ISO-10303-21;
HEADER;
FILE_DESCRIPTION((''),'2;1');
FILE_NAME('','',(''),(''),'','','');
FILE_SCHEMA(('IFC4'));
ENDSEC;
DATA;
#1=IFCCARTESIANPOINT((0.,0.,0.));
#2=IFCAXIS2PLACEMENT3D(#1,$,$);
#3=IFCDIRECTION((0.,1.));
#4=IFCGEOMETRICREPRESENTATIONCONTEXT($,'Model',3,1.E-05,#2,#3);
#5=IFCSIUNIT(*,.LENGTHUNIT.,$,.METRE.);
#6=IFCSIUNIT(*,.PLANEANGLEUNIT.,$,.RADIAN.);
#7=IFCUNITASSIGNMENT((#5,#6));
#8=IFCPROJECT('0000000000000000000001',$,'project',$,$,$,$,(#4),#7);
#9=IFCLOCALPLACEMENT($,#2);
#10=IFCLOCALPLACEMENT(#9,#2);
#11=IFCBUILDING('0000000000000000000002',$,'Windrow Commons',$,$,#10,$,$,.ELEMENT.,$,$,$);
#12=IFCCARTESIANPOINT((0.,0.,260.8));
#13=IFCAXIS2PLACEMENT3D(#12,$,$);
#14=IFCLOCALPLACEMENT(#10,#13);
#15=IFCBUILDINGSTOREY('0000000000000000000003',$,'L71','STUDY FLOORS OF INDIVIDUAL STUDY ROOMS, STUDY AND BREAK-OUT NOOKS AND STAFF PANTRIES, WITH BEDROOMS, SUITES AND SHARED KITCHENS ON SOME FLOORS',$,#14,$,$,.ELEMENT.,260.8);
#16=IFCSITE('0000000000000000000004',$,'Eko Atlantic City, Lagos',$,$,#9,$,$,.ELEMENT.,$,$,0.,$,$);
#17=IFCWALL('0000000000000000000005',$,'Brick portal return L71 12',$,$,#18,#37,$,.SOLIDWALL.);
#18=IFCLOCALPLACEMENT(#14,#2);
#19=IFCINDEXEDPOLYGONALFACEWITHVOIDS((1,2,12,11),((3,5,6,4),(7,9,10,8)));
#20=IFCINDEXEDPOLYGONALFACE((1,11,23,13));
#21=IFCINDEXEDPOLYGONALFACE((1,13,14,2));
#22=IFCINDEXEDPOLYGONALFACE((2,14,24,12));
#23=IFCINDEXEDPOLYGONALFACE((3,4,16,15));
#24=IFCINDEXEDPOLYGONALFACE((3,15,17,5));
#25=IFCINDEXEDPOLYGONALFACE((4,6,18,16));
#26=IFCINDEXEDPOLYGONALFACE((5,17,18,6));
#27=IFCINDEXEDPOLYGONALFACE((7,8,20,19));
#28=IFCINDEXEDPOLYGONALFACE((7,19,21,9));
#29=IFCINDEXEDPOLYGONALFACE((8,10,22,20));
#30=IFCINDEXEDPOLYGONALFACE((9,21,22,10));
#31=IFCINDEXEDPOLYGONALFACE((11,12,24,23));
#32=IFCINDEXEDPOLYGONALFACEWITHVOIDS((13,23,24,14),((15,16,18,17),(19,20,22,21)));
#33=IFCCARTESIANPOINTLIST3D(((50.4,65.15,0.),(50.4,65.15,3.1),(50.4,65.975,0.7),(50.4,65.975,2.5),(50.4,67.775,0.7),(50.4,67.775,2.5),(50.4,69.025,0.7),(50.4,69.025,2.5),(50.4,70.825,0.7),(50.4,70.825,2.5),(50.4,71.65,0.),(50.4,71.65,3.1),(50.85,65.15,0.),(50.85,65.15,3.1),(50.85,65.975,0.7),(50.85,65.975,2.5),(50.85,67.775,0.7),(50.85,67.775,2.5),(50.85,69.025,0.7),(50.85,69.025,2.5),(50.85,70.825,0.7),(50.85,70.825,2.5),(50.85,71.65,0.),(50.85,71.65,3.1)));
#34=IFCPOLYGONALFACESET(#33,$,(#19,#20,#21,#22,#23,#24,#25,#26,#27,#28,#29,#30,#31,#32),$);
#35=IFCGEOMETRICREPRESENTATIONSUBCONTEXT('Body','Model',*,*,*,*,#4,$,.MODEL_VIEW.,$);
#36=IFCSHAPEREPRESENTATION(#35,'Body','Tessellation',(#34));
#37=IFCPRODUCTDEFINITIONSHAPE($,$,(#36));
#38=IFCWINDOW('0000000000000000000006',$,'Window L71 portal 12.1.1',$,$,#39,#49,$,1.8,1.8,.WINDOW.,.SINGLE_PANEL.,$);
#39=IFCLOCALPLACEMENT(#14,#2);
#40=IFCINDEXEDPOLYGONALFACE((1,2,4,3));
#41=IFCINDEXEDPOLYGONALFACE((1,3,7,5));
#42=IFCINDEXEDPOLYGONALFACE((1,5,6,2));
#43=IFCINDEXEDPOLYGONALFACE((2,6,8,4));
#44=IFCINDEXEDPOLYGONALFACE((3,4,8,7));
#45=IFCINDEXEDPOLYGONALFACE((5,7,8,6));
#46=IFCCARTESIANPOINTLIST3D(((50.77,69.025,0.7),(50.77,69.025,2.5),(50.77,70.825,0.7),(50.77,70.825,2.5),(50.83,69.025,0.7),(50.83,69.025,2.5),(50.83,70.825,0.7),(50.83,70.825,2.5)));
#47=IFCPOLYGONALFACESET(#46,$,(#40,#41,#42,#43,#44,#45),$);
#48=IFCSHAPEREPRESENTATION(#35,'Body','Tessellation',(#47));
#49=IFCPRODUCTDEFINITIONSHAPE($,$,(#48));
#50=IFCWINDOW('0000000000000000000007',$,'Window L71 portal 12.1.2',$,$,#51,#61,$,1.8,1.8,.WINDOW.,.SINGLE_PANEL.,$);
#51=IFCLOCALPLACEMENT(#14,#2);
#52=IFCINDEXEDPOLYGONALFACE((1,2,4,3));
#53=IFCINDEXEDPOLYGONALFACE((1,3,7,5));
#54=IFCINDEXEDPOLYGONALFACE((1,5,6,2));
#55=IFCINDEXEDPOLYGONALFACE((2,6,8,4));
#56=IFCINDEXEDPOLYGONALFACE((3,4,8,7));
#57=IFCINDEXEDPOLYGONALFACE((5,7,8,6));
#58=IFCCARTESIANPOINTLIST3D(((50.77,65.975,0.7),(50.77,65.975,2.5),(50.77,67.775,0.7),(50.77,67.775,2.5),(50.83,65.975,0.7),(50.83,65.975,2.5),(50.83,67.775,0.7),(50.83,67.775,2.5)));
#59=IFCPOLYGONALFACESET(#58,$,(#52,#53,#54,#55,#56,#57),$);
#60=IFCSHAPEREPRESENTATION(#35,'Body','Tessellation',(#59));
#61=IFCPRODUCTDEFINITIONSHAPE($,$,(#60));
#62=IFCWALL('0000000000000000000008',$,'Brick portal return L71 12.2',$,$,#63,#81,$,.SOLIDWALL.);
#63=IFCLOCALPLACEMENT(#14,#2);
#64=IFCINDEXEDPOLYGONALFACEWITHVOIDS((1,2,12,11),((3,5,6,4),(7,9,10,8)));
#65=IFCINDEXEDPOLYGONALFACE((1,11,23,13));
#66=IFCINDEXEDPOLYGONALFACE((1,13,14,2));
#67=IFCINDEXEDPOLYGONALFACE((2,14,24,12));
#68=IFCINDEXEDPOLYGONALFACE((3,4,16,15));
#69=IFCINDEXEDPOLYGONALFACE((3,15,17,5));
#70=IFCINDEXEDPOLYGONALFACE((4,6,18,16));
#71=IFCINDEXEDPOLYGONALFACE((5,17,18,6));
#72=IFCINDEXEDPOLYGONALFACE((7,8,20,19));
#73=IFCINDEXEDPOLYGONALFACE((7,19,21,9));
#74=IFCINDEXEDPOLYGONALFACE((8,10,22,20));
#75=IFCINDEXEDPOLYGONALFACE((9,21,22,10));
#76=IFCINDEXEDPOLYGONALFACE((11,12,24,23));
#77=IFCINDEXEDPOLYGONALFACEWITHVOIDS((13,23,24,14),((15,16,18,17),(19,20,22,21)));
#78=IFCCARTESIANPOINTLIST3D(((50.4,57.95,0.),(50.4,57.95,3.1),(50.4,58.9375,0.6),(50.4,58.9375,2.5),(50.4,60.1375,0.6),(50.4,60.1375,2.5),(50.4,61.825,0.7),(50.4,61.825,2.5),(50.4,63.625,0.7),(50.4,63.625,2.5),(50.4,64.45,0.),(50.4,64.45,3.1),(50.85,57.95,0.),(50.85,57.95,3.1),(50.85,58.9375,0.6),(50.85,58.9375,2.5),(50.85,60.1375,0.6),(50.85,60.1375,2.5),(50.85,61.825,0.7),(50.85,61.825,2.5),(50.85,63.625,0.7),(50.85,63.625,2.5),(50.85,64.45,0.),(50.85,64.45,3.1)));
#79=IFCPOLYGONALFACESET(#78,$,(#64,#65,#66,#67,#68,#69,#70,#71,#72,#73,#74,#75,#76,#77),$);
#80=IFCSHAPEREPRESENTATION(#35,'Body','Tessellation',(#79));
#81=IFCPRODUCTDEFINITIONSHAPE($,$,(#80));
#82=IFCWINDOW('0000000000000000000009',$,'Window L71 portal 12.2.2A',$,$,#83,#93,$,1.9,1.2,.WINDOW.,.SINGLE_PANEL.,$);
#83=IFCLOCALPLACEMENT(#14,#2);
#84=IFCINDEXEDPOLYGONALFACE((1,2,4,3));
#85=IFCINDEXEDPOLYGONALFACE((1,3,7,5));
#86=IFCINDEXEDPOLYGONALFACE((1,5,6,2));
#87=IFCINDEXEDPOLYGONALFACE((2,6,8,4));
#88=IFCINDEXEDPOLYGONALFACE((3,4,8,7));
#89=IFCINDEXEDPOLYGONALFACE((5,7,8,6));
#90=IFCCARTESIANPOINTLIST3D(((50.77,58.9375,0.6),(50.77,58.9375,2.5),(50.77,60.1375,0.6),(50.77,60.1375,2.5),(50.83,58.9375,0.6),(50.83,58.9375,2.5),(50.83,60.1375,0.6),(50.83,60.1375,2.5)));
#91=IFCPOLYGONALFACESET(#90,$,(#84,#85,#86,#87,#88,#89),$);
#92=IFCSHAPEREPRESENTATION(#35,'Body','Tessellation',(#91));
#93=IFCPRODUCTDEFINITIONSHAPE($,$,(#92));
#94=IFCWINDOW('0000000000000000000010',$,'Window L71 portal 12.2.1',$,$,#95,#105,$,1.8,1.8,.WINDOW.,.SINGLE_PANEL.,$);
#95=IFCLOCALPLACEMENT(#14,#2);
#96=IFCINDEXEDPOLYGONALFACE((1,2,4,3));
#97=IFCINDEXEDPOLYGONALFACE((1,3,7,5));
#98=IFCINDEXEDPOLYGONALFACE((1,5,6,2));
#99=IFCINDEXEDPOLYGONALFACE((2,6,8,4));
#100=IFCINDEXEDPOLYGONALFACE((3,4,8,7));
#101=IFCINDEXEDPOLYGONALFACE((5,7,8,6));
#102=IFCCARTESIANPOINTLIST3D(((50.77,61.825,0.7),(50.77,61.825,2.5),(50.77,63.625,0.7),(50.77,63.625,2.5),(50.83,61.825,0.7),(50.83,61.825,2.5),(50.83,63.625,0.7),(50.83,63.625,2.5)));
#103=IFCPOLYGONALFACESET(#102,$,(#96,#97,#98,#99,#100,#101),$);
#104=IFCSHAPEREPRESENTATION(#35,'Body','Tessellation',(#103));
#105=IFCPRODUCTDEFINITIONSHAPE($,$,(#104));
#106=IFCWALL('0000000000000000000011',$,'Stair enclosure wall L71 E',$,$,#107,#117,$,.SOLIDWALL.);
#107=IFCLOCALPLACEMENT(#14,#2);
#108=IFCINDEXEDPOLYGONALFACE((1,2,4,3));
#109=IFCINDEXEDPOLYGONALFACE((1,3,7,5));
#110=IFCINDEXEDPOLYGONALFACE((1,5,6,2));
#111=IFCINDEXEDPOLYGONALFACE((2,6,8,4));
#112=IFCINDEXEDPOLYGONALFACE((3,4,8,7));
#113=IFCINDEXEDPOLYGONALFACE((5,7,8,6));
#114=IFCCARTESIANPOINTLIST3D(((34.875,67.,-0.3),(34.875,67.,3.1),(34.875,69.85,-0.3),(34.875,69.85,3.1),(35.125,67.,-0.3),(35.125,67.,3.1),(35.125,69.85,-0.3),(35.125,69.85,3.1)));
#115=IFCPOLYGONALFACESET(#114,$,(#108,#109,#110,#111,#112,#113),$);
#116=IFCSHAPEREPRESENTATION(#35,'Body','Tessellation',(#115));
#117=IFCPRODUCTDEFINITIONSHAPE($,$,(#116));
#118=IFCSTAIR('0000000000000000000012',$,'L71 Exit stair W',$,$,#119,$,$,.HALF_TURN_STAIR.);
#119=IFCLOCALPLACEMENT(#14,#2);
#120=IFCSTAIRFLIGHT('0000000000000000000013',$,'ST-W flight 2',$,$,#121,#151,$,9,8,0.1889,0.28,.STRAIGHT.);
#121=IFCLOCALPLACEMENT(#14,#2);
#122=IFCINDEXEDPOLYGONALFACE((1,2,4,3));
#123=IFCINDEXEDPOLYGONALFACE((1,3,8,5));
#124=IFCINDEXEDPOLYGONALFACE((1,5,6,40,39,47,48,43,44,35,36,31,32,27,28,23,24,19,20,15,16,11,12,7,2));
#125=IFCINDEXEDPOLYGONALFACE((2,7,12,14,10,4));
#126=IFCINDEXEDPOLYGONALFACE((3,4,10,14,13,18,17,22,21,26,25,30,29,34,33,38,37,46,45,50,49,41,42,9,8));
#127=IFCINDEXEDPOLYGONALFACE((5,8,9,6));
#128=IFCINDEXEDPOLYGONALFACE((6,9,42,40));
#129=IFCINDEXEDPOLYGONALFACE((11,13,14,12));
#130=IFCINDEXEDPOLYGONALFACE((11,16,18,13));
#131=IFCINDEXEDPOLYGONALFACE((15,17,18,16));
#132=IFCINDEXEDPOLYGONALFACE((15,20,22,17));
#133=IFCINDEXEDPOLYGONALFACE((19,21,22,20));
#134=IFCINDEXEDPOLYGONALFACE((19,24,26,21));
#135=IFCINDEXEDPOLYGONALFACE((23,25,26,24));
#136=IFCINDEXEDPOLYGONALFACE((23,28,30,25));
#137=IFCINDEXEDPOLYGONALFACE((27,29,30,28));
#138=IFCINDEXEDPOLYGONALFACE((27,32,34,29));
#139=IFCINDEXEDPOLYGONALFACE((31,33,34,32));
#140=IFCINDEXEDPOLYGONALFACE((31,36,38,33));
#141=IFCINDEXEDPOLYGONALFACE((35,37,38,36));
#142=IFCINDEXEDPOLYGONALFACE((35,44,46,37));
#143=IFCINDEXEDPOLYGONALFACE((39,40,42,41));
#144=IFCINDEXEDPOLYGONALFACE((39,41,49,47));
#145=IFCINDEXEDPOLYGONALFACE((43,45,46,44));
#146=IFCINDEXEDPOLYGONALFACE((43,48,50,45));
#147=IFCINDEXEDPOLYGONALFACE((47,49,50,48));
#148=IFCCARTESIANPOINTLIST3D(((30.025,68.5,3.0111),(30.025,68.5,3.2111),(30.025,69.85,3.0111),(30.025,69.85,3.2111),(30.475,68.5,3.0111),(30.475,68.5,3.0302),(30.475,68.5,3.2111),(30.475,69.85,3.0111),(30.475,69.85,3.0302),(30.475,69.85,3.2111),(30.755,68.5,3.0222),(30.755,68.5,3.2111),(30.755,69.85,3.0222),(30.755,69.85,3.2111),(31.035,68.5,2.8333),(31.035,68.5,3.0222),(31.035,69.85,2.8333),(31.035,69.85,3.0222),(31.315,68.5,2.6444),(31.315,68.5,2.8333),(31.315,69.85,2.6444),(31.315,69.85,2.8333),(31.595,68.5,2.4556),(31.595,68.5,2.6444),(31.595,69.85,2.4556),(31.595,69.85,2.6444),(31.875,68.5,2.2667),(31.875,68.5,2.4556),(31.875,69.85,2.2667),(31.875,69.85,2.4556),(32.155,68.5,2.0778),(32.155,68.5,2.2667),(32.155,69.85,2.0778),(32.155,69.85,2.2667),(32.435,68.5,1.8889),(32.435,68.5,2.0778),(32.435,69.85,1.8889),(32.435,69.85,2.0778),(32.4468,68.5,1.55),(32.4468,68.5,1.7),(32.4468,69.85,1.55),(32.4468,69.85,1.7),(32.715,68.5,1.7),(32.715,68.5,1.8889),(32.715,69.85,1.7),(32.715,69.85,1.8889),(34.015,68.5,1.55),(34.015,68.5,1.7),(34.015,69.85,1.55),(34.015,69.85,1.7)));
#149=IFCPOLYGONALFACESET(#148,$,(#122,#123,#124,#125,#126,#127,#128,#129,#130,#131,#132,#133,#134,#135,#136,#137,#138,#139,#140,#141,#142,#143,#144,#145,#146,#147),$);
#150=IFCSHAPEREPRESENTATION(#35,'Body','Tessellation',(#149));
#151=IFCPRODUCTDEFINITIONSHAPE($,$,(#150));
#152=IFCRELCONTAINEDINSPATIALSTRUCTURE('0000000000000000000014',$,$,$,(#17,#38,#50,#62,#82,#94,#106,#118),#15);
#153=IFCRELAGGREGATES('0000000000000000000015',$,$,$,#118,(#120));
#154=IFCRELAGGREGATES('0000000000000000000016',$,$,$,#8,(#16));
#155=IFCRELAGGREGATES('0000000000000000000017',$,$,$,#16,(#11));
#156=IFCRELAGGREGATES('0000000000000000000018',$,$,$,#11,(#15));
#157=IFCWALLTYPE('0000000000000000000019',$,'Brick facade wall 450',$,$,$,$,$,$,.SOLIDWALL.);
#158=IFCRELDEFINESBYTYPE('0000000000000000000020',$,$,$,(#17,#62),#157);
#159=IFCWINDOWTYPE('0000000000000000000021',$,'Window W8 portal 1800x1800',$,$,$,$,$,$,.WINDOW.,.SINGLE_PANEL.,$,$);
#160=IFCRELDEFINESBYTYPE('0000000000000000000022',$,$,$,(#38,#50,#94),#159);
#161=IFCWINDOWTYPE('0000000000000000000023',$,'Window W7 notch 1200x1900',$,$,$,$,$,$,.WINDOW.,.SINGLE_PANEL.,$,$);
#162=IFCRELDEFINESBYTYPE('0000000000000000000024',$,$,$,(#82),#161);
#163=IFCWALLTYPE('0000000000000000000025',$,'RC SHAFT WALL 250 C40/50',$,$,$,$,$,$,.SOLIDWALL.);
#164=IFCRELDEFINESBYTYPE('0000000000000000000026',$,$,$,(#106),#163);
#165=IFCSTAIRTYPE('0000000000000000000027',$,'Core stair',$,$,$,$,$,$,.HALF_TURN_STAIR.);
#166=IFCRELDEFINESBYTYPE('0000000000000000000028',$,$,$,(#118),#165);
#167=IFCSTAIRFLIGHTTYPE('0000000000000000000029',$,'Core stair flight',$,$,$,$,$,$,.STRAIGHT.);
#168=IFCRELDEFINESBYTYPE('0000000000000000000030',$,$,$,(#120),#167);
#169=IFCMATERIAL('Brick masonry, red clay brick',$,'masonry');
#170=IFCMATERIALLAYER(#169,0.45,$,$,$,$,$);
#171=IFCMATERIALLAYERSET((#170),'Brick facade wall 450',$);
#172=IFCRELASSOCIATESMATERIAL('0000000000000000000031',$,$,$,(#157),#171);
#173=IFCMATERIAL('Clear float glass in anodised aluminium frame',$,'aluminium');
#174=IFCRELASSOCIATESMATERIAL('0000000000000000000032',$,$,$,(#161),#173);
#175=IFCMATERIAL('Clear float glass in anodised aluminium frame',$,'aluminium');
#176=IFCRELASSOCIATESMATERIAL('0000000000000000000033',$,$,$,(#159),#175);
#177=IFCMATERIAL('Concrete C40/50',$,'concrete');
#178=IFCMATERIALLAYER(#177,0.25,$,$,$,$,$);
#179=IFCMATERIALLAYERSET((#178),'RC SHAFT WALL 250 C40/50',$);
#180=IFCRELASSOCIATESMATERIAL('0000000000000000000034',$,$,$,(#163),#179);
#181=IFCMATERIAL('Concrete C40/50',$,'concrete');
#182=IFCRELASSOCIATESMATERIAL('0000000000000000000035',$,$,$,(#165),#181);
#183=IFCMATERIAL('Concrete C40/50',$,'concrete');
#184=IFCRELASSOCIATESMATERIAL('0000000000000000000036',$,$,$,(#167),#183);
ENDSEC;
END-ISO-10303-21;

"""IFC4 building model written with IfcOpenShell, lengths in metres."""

from ifc_helpers import new_model, si_unit, direction, frame, frame_2d, origin, place, context, subcontext, project, spatial, polyline, rectangle, outline, extrude, material, layer, layer_set, type_object, element, fill, aggregate, save


model = new_model("IFC4")

# Units and contexts
model_context = context("Model", 3, precision=1e-05, world=origin(), true_north=direction((0.0, 1.0)))
body_context = subcontext(model_context, "Body", "Model", "MODEL_VIEW")
ifc_project = project(units=[si_unit("LENGTHUNIT", "METRE"), si_unit("PLANEANGLEUNIT", "RADIAN")], contexts=[model_context])

# Site, building, storey
site_placement = place(None, origin())
site = spatial("IfcSite", under=ifc_project, at=site_placement, Name="Eko Atlantic City, Lagos", CompositionType="ELEMENT", RefElevation=0.0)
building_placement = place(site_placement, origin())
building = spatial("IfcBuilding", under=site, at=building_placement, Name="Windrow Commons", CompositionType="ELEMENT")
storey_placement = place(building_placement, frame((0.0, 0.0, 260.8)))
storey = spatial("IfcBuildingStorey", under=building, at=storey_placement, Name="L71", Description="STUDY FLOORS OF INDIVIDUAL STUDY ROOMS, STUDY AND BREAK-OUT NOOKS AND STAFF PANTRIES, WITH BEDROOMS, SUITES AND SHARED KITCHENS ON SOME FLOORS", CompositionType="ELEMENT", Elevation=260.8)

# Shared definitions
ifc_material_1 = material(Name="Brick masonry, red clay brick", Category="masonry")
ifc_layer_1 = layer(ifc_material_1, 0.45)
ifc_layer_set_1 = layer_set([ifc_layer_1], Name="Brick facade wall 450")
wall_type_1 = type_object("IfcWallType", Name="Brick facade wall 450", PredefinedType="SOLIDWALL", material=ifc_layer_set_1)

# Walls, openings, windows
ifc_material_2 = material(Name="Clear float glass in anodised aluminium frame", Category="aluminium")
window_type_1 = type_object("IfcWindowType", Name="Window W7 notch 1200x1900", PartitioningType="SINGLE_PANEL", PredefinedType="WINDOW", material=ifc_material_2)
ifc_material_3 = material(Name="Clear float glass in anodised aluminium frame", Category="aluminium")
window_type_2 = type_object("IfcWindowType", Name="Window W8 portal 1800x1800", PartitioningType="SINGLE_PANEL", PredefinedType="WINDOW", material=ifc_material_3)
wall_1_placement = place(storey_placement, frame((50.625, 71.65, 0.0), z_axis=(0.0, 0.0, 1.0), x_axis=(0.0, -1.0, 0.0)))
wall_1 = element("IfcWall", 1, at=wall_1_placement, inside=storey, type_object=wall_type_1, Name="Brick portal return L71 12", PredefinedType="SOLIDWALL", context=body_context, shape_type="SweptSolid", body=[
    extrude(rectangle(XDim=6.5, YDim=0.45, at=frame_2d((3.25, 0.0))), origin(), (0.0, 0.0, 1.0), 3.1),
])
opening_1_placement = place(wall_1_placement, frame((0.825, 0.0, 0.7)))
opening_1 = element("IfcOpeningElement", 2, at=opening_1_placement, cuts=wall_1, PredefinedType="OPENING", context=body_context, shape_type="SweptSolid", body=[
    extrude(rectangle(XDim=1.8, YDim=1.8, at=frame_2d((0.9, 0.9))), frame((0.0, 0.235, 0.0), z_axis=(0.0, -1.0, 0.0), x_axis=(1.0, 0.0, 0.0)), (0.0, 0.0, 1.0), 0.47),
])
opening_2_placement = place(wall_1_placement, frame((3.875, 0.0, 0.7)))
opening_2 = element("IfcOpeningElement", 3, at=opening_2_placement, cuts=wall_1, PredefinedType="OPENING", context=body_context, shape_type="SweptSolid", body=[
    extrude(rectangle(XDim=1.8, YDim=1.8, at=frame_2d((0.9, 0.9))), frame((0.0, 0.235, 0.0), z_axis=(0.0, -1.0, 0.0), x_axis=(1.0, 0.0, 0.0)), (0.0, 0.0, 1.0), 0.47),
])
window_1_placement = place(opening_1_placement, origin())
window_1 = element("IfcWindow", 4, at=window_1_placement, inside=storey, type_object=window_type_2, Name="Window L71 portal 12.1.1", OverallHeight=1.8, OverallWidth=1.8, PartitioningType="SINGLE_PANEL", PredefinedType="WINDOW", context=body_context, shape_type="SweptSolid", body=[
    extrude(rectangle(XDim=1.8, YDim=1.8, at=frame_2d((0.9, 0.9))), frame((0.0, 0.205, 0.0), z_axis=(0.0, -1.0, 0.0), x_axis=(1.0, 0.0, 0.0)), (0.0, 0.0, 1.0), 0.06),
])
fill(opening_1, window_1)
window_2_placement = place(opening_2_placement, origin())
window_2 = element("IfcWindow", 5, at=window_2_placement, inside=storey, type_object=window_type_2, Name="Window L71 portal 12.1.2", OverallHeight=1.8, OverallWidth=1.8, PartitioningType="SINGLE_PANEL", PredefinedType="WINDOW", context=body_context, shape_type="SweptSolid", body=[
    extrude(rectangle(XDim=1.8, YDim=1.8, at=frame_2d((0.9, 0.9))), frame((0.0, 0.205, 0.0), z_axis=(0.0, -1.0, 0.0), x_axis=(1.0, 0.0, 0.0)), (0.0, 0.0, 1.0), 0.06),
])
fill(opening_2, window_2)
wall_2_placement = place(storey_placement, frame((50.625, 64.45, 0.0), z_axis=(0.0, 0.0, 1.0), x_axis=(0.0, -1.0, 0.0)))
wall_2 = element("IfcWall", 6, at=wall_2_placement, inside=storey, type_object=wall_type_1, Name="Brick portal return L71 12.2", PredefinedType="SOLIDWALL", context=body_context, shape_type="SweptSolid", body=[
    extrude(rectangle(XDim=6.5, YDim=0.45, at=frame_2d((3.25, 0.0))), origin(), (0.0, 0.0, 1.0), 3.1),
])
opening_3_placement = place(wall_2_placement, frame((0.825, 0.0, 0.7)))
opening_3 = element("IfcOpeningElement", 7, at=opening_3_placement, cuts=wall_2, PredefinedType="OPENING", context=body_context, shape_type="SweptSolid", body=[
    extrude(rectangle(XDim=1.8, YDim=1.8, at=frame_2d((0.9, 0.9))), frame((0.0, 0.235, 0.0), z_axis=(0.0, -1.0, 0.0), x_axis=(1.0, 0.0, 0.0)), (0.0, 0.0, 1.0), 0.47),
])
opening_4_placement = place(wall_2_placement, frame((4.3125, 0.0, 0.6)))
opening_4 = element("IfcOpeningElement", 8, at=opening_4_placement, cuts=wall_2, PredefinedType="OPENING", context=body_context, shape_type="SweptSolid", body=[
    extrude(rectangle(XDim=1.2, YDim=1.9, at=frame_2d((0.6, 0.95))), frame((0.0, 0.235, 0.0), z_axis=(0.0, -1.0, 0.0), x_axis=(1.0, 0.0, 0.0)), (0.0, 0.0, 1.0), 0.47),
])
window_3_placement = place(opening_4_placement, origin())
window_3 = element("IfcWindow", 9, at=window_3_placement, inside=storey, type_object=window_type_1, Name="Window L71 portal 12.2.2A", OverallHeight=1.9, OverallWidth=1.2, PartitioningType="SINGLE_PANEL", PredefinedType="WINDOW", context=body_context, shape_type="SweptSolid", body=[
    extrude(rectangle(XDim=1.2, YDim=1.9, at=frame_2d((0.6, 0.95))), frame((0.0, 0.205, 0.0), z_axis=(0.0, -1.0, 0.0), x_axis=(1.0, 0.0, 0.0)), (0.0, 0.0, 1.0), 0.06),
])
fill(opening_4, window_3)
window_4_placement = place(opening_3_placement, origin())
window_4 = element("IfcWindow", 10, at=window_4_placement, inside=storey, type_object=window_type_2, Name="Window L71 portal 12.2.1", OverallHeight=1.8, OverallWidth=1.8, PartitioningType="SINGLE_PANEL", PredefinedType="WINDOW", context=body_context, shape_type="SweptSolid", body=[
    extrude(rectangle(XDim=1.8, YDim=1.8, at=frame_2d((0.9, 0.9))), frame((0.0, 0.205, 0.0), z_axis=(0.0, -1.0, 0.0), x_axis=(1.0, 0.0, 0.0)), (0.0, 0.0, 1.0), 0.06),
])
fill(opening_3, window_4)

# Wall
ifc_material_4 = material(Name="Concrete C40/50", Category="concrete")
ifc_layer_2 = layer(ifc_material_4, 0.25)
ifc_layer_set_2 = layer_set([ifc_layer_2], Name="RC SHAFT WALL 250 C40/50")
wall_type_2 = type_object("IfcWallType", Name="RC SHAFT WALL 250 C40/50", PredefinedType="SOLIDWALL", material=ifc_layer_set_2)
wall_3_placement = place(storey_placement, frame((35.0, 67.0, -0.3), z_axis=(0.0, 0.0, 1.0), x_axis=(0.0, 1.0, 0.0)))
element("IfcWall", 11, at=wall_3_placement, inside=storey, type_object=wall_type_2, Name="Stair enclosure wall L71 E", PredefinedType="SOLIDWALL", context=body_context, shape_type="SweptSolid", body=[
    extrude(rectangle(XDim=2.85, YDim=0.25, at=frame_2d((1.425, 0.0))), origin(), (0.0, 0.0, 1.0), 3.4),
])

# Stair, stair flight
ifc_material_5 = material(Name="Concrete C40/50", Category="concrete")
stair_type = type_object("IfcStairType", Name="Core stair", PredefinedType="HALF_TURN_STAIR", material=ifc_material_5)
stair_placement = place(storey_placement, origin())
stair = element("IfcStair", 12, at=stair_placement, inside=storey, type_object=stair_type, Name="L71 Exit stair W", PredefinedType="HALF_TURN_STAIR")
ifc_material_6 = material(Name="Concrete C40/50", Category="concrete")
stair_flight_type = type_object("IfcStairFlightType", Name="Core stair flight", PredefinedType="STRAIGHT", material=ifc_material_6)
stair_flight_placement = place(storey_placement, frame((32.715, 69.175, 1.7), z_axis=(0.0, 0.0, 1.0), x_axis=(-1.0, 0.0, 0.0)))
stair_flight = element("IfcStairFlight", 13, at=stair_flight_placement, type_object=stair_flight_type, Name="ST-W flight 2", NumberOfRisers=9, NumberOfTreads=8, PredefinedType="STRAIGHT", RiserHeight=0.1889, TreadLength=0.28, context=body_context, shape_type="SweptSolid", body=[
    extrude(outline(polyline([(-1.3, -0.15), (-1.3, 0.0), (0.0, 0.0), (0.0, 0.1889), (0.28, 0.1889), (0.28, 0.3778), (0.56, 0.3778), (0.56, 0.5667), (0.84, 0.5667), (0.84, 0.7556), (1.12, 0.7556), (1.12, 0.9444), (1.4, 0.9444), (1.4, 1.1333), (1.68, 1.1333), (1.68, 1.3222), (1.96, 1.3222), (1.96, 1.5111), (2.24, 1.5111), (2.69, 1.5111), (2.69, 1.3111), (2.24, 1.3111), (2.24, 1.3302), (0.2682, 0.0), (0.2682, -0.15), (-1.3, -0.15)])), frame((0.0, 0.675, 0.0), z_axis=(0.0, -1.0, 0.0), x_axis=(1.0, 0.0, 0.0)), (0.0, 0.0, 1.0), 1.35),
])
aggregate(stair, [stair_flight])

save(model, "model.ifc")
